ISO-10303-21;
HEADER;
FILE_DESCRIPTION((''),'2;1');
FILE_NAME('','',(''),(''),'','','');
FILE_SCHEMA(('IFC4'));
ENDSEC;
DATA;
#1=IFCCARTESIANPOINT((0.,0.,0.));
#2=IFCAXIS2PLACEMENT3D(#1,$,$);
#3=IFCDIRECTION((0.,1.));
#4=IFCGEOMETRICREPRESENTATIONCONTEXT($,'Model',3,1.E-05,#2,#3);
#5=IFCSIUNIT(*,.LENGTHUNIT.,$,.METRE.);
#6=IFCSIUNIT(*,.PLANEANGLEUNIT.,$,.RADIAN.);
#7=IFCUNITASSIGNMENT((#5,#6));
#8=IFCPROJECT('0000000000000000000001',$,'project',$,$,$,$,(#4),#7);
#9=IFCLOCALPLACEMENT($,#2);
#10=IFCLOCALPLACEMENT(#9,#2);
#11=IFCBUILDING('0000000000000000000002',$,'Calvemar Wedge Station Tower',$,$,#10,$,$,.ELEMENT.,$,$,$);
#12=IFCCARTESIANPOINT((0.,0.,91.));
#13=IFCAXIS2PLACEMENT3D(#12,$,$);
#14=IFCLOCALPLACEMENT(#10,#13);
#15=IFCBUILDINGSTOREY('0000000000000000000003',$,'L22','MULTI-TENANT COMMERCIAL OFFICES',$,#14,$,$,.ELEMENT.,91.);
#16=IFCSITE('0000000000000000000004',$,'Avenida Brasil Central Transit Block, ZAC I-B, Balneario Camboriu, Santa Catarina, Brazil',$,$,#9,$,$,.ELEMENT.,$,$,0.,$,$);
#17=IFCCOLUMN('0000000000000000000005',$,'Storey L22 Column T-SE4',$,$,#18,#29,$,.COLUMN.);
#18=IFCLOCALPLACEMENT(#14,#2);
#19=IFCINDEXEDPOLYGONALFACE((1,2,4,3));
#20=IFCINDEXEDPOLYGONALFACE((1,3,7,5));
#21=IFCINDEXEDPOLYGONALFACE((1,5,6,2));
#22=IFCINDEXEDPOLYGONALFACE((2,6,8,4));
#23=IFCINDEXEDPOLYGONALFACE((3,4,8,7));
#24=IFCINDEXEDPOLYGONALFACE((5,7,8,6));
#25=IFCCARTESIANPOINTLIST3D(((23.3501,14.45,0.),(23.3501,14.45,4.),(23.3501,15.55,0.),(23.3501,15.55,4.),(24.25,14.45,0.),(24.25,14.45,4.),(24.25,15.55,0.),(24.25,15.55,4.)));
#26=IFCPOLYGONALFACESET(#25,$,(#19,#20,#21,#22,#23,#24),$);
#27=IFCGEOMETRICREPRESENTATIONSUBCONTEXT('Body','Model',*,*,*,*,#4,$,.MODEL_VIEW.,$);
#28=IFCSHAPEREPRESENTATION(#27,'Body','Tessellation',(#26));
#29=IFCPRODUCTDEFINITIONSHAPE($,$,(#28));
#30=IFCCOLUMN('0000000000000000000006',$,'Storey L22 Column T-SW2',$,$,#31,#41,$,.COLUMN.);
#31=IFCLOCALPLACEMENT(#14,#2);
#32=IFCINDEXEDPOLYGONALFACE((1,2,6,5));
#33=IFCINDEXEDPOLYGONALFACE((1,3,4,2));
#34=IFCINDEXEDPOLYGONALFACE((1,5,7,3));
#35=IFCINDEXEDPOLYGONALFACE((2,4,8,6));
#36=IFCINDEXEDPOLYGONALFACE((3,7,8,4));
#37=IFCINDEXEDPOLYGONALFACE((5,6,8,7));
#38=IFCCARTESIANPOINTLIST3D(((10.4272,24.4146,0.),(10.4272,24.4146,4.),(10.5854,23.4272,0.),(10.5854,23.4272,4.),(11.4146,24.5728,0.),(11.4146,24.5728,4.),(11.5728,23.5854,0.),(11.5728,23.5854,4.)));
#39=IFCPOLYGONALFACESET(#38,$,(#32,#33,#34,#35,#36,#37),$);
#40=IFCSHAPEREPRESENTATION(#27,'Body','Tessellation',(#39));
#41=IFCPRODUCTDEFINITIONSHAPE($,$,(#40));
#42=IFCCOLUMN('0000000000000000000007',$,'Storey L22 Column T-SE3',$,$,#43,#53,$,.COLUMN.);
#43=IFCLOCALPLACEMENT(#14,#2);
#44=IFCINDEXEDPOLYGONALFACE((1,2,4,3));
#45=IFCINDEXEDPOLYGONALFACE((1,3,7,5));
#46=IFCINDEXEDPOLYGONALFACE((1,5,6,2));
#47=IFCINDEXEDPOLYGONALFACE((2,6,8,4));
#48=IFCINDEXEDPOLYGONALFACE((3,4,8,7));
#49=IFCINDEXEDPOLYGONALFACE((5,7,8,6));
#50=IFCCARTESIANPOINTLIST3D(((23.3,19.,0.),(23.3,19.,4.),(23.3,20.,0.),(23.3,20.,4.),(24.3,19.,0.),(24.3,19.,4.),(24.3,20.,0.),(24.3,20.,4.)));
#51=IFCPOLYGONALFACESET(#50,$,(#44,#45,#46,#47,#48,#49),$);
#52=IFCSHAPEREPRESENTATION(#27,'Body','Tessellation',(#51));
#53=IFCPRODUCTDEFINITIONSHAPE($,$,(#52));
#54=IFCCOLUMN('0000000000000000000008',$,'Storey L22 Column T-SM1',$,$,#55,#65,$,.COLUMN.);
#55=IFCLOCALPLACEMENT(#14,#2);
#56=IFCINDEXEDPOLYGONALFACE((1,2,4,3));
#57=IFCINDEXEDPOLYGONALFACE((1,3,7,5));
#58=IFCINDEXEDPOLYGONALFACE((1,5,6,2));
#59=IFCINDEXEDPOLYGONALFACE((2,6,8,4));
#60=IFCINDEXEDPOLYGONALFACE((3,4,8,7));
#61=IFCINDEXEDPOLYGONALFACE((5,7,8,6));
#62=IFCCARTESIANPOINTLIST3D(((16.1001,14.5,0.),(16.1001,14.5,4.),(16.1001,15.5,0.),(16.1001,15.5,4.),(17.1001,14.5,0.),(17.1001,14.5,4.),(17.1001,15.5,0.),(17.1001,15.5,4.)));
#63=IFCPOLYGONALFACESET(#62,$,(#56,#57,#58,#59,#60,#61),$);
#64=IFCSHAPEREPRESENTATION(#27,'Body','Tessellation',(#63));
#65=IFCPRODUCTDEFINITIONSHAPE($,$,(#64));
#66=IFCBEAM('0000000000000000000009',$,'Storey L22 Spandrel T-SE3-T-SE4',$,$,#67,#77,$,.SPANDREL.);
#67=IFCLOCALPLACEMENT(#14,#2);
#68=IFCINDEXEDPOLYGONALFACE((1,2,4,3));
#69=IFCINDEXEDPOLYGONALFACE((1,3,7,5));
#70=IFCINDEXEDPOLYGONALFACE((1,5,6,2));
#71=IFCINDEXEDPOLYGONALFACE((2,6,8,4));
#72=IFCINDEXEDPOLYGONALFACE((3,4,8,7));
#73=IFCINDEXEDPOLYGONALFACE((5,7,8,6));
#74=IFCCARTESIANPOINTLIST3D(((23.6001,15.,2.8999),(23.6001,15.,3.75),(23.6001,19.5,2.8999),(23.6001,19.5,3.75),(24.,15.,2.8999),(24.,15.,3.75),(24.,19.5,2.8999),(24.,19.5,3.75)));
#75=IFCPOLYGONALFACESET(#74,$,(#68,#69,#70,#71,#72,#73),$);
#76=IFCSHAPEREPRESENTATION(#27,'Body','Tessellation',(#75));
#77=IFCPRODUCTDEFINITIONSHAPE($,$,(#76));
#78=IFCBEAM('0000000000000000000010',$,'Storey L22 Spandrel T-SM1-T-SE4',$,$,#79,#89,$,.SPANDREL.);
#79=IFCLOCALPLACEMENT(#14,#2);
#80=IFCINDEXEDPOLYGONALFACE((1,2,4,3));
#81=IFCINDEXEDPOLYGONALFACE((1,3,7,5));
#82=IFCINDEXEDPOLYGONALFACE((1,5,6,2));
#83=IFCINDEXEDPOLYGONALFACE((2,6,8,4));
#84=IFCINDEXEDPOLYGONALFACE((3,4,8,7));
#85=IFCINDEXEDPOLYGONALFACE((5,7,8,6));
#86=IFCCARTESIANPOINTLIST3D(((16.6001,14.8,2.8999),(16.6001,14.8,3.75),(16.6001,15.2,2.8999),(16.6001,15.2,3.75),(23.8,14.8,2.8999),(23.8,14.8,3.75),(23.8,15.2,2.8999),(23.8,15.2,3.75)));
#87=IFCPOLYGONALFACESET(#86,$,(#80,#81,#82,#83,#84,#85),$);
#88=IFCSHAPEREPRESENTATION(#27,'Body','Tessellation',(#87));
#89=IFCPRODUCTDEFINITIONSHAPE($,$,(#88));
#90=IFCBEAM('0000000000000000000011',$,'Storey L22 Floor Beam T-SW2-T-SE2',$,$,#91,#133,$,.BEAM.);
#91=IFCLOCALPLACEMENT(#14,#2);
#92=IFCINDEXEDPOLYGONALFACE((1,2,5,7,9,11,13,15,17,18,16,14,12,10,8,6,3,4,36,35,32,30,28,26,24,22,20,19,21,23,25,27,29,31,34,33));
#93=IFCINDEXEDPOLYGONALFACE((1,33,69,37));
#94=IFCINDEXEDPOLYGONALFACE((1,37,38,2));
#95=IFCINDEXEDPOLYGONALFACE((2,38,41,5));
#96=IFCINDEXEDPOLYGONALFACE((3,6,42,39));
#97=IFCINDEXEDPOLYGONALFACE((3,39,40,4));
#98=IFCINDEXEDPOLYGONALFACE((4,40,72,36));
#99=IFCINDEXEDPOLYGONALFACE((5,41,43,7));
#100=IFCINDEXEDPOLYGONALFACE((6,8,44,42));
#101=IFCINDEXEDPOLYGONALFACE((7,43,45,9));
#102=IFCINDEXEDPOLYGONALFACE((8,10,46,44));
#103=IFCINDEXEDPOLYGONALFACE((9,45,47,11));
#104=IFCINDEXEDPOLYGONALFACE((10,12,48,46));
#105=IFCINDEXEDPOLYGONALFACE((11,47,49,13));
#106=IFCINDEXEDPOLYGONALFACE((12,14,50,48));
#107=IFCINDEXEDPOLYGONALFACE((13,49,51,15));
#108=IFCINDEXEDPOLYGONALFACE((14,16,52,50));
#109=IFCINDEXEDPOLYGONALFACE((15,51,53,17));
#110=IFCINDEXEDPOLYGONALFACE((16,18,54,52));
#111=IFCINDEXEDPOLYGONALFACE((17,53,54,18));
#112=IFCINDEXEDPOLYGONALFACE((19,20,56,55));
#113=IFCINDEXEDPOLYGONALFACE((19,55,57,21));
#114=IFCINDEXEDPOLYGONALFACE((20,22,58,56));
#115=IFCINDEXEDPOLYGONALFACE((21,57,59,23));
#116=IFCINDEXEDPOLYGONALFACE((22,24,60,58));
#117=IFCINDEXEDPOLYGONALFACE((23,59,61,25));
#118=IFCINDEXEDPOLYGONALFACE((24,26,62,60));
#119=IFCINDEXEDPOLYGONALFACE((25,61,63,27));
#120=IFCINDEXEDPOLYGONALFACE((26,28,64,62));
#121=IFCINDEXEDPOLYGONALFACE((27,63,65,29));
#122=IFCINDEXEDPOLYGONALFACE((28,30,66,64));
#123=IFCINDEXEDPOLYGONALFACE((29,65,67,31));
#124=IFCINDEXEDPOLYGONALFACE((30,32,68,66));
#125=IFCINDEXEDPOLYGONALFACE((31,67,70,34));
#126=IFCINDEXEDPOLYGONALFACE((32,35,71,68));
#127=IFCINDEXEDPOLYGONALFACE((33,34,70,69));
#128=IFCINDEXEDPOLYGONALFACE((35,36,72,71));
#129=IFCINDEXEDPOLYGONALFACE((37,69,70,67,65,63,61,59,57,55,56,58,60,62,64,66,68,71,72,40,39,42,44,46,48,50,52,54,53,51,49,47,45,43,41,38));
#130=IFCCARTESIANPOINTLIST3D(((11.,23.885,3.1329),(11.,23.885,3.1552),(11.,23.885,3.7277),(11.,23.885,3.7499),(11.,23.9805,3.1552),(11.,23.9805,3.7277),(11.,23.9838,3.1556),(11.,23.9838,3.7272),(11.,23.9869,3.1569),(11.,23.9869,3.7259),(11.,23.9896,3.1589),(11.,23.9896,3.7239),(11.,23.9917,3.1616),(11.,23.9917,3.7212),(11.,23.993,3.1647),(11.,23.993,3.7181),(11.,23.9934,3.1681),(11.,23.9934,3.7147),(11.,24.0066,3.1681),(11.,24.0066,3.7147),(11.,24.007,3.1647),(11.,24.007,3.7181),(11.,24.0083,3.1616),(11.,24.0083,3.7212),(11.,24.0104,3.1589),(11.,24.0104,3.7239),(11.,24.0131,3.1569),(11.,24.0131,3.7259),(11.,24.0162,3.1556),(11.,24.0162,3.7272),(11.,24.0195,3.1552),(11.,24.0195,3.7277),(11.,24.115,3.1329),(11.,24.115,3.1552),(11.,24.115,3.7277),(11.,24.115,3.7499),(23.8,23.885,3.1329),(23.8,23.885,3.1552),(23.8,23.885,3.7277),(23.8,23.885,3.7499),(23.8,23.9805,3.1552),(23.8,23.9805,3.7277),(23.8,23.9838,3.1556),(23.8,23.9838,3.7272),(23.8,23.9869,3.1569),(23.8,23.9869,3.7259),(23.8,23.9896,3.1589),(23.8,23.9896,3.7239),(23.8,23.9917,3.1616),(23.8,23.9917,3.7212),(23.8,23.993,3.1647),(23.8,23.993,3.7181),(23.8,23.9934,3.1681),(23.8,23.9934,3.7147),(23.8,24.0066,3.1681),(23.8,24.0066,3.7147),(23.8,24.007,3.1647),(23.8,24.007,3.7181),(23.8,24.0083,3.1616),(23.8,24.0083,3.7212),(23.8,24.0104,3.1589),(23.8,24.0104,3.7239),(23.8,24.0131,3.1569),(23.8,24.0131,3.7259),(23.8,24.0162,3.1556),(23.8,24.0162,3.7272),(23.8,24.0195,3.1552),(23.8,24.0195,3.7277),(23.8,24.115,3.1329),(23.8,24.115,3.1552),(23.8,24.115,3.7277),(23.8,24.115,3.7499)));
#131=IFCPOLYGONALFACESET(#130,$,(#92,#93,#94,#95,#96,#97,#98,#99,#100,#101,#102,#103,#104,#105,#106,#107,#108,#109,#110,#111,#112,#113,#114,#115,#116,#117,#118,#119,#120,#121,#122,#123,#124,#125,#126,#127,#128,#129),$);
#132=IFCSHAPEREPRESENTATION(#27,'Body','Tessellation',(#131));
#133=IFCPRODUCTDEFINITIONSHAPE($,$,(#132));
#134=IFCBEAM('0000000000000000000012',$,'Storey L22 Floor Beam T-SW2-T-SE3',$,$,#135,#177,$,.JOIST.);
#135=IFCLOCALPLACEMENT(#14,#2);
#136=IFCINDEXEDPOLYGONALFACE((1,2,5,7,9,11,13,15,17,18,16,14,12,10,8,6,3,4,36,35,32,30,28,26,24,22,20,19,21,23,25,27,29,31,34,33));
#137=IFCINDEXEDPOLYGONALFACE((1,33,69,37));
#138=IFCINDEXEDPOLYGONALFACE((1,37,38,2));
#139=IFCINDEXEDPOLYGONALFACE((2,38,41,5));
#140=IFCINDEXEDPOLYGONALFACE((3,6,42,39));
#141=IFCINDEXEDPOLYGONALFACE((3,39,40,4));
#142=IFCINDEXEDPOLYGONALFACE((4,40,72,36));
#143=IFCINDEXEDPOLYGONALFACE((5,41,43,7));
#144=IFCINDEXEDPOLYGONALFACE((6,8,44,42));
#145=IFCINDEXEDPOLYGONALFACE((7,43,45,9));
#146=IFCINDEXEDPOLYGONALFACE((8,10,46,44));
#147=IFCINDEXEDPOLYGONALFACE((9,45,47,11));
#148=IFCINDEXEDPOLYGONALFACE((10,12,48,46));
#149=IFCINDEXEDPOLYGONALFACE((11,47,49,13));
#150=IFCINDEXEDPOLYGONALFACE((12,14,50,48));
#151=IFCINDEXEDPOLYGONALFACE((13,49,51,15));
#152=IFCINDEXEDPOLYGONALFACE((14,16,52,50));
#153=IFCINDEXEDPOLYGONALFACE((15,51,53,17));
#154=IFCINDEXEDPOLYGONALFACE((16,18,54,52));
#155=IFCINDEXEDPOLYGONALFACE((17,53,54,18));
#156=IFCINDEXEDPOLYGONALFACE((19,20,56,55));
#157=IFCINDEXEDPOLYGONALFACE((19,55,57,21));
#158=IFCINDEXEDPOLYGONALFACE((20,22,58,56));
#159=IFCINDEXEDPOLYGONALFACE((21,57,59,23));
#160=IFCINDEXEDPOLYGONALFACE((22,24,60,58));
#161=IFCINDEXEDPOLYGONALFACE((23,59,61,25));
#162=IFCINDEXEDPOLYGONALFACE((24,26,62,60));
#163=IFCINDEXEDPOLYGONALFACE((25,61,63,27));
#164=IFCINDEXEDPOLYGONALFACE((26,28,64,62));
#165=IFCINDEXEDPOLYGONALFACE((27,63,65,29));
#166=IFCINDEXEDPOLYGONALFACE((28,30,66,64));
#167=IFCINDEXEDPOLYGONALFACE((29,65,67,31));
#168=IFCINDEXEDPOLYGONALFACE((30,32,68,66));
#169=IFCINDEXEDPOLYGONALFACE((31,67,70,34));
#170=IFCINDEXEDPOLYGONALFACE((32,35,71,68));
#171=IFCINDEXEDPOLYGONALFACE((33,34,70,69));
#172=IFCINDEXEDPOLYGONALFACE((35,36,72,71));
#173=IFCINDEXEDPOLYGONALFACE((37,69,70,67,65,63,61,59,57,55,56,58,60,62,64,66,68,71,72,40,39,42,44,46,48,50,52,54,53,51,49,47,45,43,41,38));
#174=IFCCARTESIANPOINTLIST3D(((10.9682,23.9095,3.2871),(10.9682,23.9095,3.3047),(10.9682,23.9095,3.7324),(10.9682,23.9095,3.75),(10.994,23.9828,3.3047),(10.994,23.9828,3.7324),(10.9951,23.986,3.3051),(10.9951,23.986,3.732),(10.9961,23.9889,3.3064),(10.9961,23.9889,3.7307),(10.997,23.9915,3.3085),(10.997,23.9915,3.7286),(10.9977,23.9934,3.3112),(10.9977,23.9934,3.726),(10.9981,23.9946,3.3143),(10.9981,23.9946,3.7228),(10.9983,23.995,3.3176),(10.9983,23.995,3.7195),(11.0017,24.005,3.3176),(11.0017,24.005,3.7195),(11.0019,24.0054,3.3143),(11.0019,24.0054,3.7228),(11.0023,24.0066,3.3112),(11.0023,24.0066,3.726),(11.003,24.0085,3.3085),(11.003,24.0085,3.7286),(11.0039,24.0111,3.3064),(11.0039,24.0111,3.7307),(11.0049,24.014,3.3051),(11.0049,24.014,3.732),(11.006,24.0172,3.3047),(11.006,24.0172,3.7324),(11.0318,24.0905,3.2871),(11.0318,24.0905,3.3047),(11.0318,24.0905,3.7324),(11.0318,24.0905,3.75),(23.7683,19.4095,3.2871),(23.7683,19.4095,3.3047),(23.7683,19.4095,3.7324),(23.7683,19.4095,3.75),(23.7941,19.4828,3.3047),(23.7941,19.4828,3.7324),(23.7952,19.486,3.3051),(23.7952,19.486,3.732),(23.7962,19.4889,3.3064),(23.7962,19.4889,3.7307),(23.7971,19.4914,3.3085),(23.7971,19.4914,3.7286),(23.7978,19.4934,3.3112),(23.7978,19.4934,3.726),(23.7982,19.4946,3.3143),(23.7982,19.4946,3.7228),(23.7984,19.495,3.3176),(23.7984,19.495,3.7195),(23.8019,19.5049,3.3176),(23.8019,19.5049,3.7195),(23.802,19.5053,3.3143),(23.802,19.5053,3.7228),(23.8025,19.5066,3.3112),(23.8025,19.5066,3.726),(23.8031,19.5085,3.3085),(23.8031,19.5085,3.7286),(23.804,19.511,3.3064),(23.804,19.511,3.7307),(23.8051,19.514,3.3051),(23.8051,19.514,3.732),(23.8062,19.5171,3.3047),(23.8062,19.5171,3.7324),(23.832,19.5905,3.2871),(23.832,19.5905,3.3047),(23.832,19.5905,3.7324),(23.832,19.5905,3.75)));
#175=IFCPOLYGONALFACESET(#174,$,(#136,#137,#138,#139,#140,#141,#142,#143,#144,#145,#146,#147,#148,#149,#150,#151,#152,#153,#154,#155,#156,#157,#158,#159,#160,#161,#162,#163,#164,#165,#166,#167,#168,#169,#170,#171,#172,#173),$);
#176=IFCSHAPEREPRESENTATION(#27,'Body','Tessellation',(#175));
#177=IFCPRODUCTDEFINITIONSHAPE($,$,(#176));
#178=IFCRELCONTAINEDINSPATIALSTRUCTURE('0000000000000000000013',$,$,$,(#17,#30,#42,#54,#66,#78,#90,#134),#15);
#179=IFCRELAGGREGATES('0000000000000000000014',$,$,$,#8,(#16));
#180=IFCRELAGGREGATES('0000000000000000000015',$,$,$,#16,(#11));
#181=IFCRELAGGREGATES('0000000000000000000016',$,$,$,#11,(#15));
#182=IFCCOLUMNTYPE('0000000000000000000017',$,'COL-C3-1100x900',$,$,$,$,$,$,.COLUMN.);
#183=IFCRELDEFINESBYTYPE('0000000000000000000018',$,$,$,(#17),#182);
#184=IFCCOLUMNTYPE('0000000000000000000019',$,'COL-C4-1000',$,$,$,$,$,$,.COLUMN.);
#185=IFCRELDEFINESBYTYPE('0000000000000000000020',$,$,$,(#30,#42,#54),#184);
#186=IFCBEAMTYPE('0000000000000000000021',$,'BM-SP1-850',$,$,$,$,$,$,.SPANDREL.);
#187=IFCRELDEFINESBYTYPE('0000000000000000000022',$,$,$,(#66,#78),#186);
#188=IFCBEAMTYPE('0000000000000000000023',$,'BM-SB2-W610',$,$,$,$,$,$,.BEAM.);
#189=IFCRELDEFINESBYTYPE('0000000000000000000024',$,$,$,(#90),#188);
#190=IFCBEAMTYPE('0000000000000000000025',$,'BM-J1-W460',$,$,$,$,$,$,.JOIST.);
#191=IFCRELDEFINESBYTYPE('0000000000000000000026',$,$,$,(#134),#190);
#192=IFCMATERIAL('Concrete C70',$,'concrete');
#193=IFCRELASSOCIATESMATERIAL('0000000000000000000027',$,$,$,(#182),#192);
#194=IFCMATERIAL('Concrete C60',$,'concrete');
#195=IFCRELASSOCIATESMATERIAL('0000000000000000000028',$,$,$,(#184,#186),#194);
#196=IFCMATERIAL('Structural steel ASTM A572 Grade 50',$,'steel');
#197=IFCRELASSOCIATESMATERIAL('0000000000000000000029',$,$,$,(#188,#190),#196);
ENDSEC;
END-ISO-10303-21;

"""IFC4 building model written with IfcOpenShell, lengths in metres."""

from ifc_helpers import new_model, si_unit, direction, frame, origin, origin_2d, place, context, subcontext, project, spatial, rectangle, i_section, extrude, source, transform, mapped, material, material_profile, profile_set, type_object, element, save


model = new_model("IFC4")

# Units and contexts
model_context = context("Model", 3, precision=1e-05, world=origin(), true_north=direction((0.0, 1.0)))
body_context = subcontext(model_context, "Body", "Model", "MODEL_VIEW")
ifc_project = project(units=[si_unit("LENGTHUNIT", "METRE"), si_unit("PLANEANGLEUNIT", "RADIAN")], contexts=[model_context])

# Site, building, storey
site_placement = place(None, origin())
site = spatial("IfcSite", under=ifc_project, at=site_placement, Name="Avenida Brasil Central Transit Block, ZAC I-B, Balneario Camboriu, Santa Catarina, Brazil", CompositionType="ELEMENT", RefElevation=0.0)
building_placement = place(site_placement, origin())
building = spatial("IfcBuilding", under=site, at=building_placement, Name="Calvemar Wedge Station Tower", CompositionType="ELEMENT")
storey_placement = place(building_placement, frame((0.0, 0.0, 91.0)))
storey = spatial("IfcBuildingStorey", under=building, at=storey_placement, Name="L22", Description="MULTI-TENANT COMMERCIAL OFFICES", CompositionType="ELEMENT", Elevation=91.0)

# Columns
ifc_material_1 = material(Name="Concrete C70", Category="concrete")
ifc_material_profile_1 = material_profile(ifc_material_1, rectangle(XDim=0.8999, YDim=1.1001, at=origin_2d()), Name="RC1100x900")
ifc_profile_set_1 = profile_set([ifc_material_profile_1], Name="Concrete C70")
column_type_1 = type_object("IfcColumnType", Name="COL-C3-1100x900", PredefinedType="COLUMN", material=ifc_profile_set_1)
shared_shape_1 = source(origin(), body_context, "Body", "SweptSolid", [
    extrude(rectangle(XDim=0.8999, YDim=1.1001, at=origin_2d()), origin(), (0.0, 0.0, 1.0), 4.0),
])
column_placement = place(storey_placement, frame((23.8, 15.0, 0.0), z_axis=(0.0, 0.0, 1.0), x_axis=(1.0, 0.0, 0.0)))
element("IfcColumn", 1, at=column_placement, inside=storey, type_object=column_type_1, Name="Storey L22 Column T-SE4", PredefinedType="COLUMN", context=body_context, shape_type="MappedRepresentation", body=[
    mapped(shared_shape_1, transform((0.0, 0.0, 0.0), scale=1.0)),
])
ifc_material_2 = material(Name="Concrete C60", Category="concrete")
ifc_material_profile_2 = material_profile(ifc_material_2, rectangle(XDim=1.0, YDim=1.0, at=origin_2d()), Name="RC1000x1000")
ifc_profile_set_2 = profile_set([ifc_material_profile_2], Name="Concrete C60")
column_type_2 = type_object("IfcColumnType", Name="COL-C4-1000", PredefinedType="COLUMN", material=ifc_profile_set_2)
shared_shape_2 = source(origin(), body_context, "Body", "SweptSolid", [
    extrude(rectangle(XDim=1.0, YDim=1.0, at=origin_2d()), origin(), (0.0, 0.0, 1.0), 4.0),
])
for number, where, z_axis, x_axis, name in (
    (2, (11.0, 24.0, 0.0), (0.0, 0.0, 1.0), (0.158158, -0.987414, 0.0), "Storey L22 Column T-SW2"),
    (3, (23.8, 19.5, 0.0), (0.0, 0.0, 1.0), (1.0, 0.0, 0.0), "Storey L22 Column T-SE3"),
    (4, (16.6001, 15.0, 0.0), (0.0, 0.0, 1.0), (1.0, 0.0, 0.0), "Storey L22 Column T-SM1"),
):
    element("IfcColumn", number, at=place(storey_placement, frame(where, z_axis=z_axis, x_axis=x_axis)), inside=storey, type_object=column_type_2, Name=name, PredefinedType="COLUMN", context=body_context, shape_type="MappedRepresentation", body=[
        mapped(shared_shape_2, transform((0.0, 0.0, 0.0), scale=1.0)),
    ])

# Beams
ifc_material_profile_3 = material_profile(ifc_material_2, rectangle(XDim=0.3999, YDim=0.8501, at=origin_2d()), Name="RC400x850")
ifc_profile_set_3 = profile_set([ifc_material_profile_3], Name="Concrete C60")
beam_type_1 = type_object("IfcBeamType", Name="BM-SP1-850", PredefinedType="SPANDREL", material=ifc_profile_set_3)
shared_shape_3 = source(origin(), body_context, "Body", "SweptSolid", [
    extrude(rectangle(XDim=0.3999, YDim=0.8501, at=origin_2d()), origin(), (0.0, 0.0, 1.0), 4.5),
])
beam_1_placement = place(storey_placement, frame((23.8, 19.5, 3.325), z_axis=(0.0, -1.0, 0.0), x_axis=(1.0, 0.0, 0.0)))
element("IfcBeam", 5, at=beam_1_placement, inside=storey, type_object=beam_type_1, Name="Storey L22 Spandrel T-SE3-T-SE4", PredefinedType="SPANDREL", context=body_context, shape_type="MappedRepresentation", body=[
    mapped(shared_shape_3, transform((0.0, 0.0, 0.0), scale=1.0)),
])
shared_shape_4 = source(origin(), body_context, "Body", "SweptSolid", [
    extrude(rectangle(XDim=0.3999, YDim=0.8501, at=origin_2d()), origin(), (0.0, 0.0, 1.0), 7.2),
])
beam_2_placement = place(storey_placement, frame((16.6001, 15.0, 3.325), z_axis=(1.0, 0.0, 0.0), x_axis=(0.0, 1.0, 0.0)))
element("IfcBeam", 6, at=beam_2_placement, inside=storey, type_object=beam_type_1, Name="Storey L22 Spandrel T-SM1-T-SE4", PredefinedType="SPANDREL", context=body_context, shape_type="MappedRepresentation", body=[
    mapped(shared_shape_4, transform((0.0, 0.0, 0.0), scale=1.0)),
])
ifc_material_3 = material(Name="Structural steel ASTM A572 Grade 50", Category="steel")
ifc_material_profile_4 = material_profile(ifc_material_3, i_section(OverallWidth=0.23, OverallDepth=0.6169, WebThickness=0.0132, FlangeThickness=0.0222, FilletRadius=0.0129, at=origin_2d()), Name="W610x140")
ifc_profile_set_4 = profile_set([ifc_material_profile_4], Name="Structural steel ASTM A572 Grade 50")
beam_type_2 = type_object("IfcBeamType", Name="BM-SB2-W610", PredefinedType="BEAM", material=ifc_profile_set_4)
shared_shape_5 = source(origin(), body_context, "Body", "SweptSolid", [
    extrude(i_section(OverallWidth=0.23, OverallDepth=0.6169, WebThickness=0.0132, FlangeThickness=0.0222, FilletRadius=0.0129, at=origin_2d()), origin(), (0.0, 0.0, 1.0), 12.8),
])
beam_3_placement = place(storey_placement, frame((11.0, 24.0, 3.4414), z_axis=(1.0, 0.0, 0.0), x_axis=(0.0, 1.0, 0.0)))
element("IfcBeam", 7, at=beam_3_placement, inside=storey, type_object=beam_type_2, Name="Storey L22 Floor Beam T-SW2-T-SE2", PredefinedType="BEAM", context=body_context, shape_type="MappedRepresentation", body=[
    mapped(shared_shape_5, transform((0.0, 0.0, 0.0), scale=1.0)),
])
ifc_material_profile_5 = material_profile(ifc_material_3, i_section(OverallWidth=0.1919, OverallDepth=0.4629, WebThickness=0.0105, FlangeThickness=0.0176, FilletRadius=0.0129, at=origin_2d()), Name="W460x89")
ifc_profile_set_5 = profile_set([ifc_material_profile_5], Name="Structural steel ASTM A572 Grade 50")
beam_type_3 = type_object("IfcBeamType", Name="BM-J1-W460", PredefinedType="JOIST", material=ifc_profile_set_5)
shared_shape_6 = source(origin(), body_context, "Body", "SweptSolid", [
    extrude(i_section(OverallWidth=0.1919, OverallDepth=0.4629, WebThickness=0.0105, FlangeThickness=0.0176, FilletRadius=0.0129, at=origin_2d()), origin(), (0.0, 0.0, 1.0), 13.5681),
])
beam_4_placement = place(storey_placement, frame((11.0, 24.0, 3.5186), z_axis=(0.943398, -0.331662, 0.0), x_axis=(0.331662, 0.943398, 0.0)))
element("IfcBeam", 8, at=beam_4_placement, inside=storey, type_object=beam_type_3, Name="Storey L22 Floor Beam T-SW2-T-SE3", PredefinedType="JOIST", context=body_context, shape_type="MappedRepresentation", body=[
    mapped(shared_shape_6, transform((0.0, 0.0, 0.0), scale=1.0)),
])

save(model, "model.ifc")
